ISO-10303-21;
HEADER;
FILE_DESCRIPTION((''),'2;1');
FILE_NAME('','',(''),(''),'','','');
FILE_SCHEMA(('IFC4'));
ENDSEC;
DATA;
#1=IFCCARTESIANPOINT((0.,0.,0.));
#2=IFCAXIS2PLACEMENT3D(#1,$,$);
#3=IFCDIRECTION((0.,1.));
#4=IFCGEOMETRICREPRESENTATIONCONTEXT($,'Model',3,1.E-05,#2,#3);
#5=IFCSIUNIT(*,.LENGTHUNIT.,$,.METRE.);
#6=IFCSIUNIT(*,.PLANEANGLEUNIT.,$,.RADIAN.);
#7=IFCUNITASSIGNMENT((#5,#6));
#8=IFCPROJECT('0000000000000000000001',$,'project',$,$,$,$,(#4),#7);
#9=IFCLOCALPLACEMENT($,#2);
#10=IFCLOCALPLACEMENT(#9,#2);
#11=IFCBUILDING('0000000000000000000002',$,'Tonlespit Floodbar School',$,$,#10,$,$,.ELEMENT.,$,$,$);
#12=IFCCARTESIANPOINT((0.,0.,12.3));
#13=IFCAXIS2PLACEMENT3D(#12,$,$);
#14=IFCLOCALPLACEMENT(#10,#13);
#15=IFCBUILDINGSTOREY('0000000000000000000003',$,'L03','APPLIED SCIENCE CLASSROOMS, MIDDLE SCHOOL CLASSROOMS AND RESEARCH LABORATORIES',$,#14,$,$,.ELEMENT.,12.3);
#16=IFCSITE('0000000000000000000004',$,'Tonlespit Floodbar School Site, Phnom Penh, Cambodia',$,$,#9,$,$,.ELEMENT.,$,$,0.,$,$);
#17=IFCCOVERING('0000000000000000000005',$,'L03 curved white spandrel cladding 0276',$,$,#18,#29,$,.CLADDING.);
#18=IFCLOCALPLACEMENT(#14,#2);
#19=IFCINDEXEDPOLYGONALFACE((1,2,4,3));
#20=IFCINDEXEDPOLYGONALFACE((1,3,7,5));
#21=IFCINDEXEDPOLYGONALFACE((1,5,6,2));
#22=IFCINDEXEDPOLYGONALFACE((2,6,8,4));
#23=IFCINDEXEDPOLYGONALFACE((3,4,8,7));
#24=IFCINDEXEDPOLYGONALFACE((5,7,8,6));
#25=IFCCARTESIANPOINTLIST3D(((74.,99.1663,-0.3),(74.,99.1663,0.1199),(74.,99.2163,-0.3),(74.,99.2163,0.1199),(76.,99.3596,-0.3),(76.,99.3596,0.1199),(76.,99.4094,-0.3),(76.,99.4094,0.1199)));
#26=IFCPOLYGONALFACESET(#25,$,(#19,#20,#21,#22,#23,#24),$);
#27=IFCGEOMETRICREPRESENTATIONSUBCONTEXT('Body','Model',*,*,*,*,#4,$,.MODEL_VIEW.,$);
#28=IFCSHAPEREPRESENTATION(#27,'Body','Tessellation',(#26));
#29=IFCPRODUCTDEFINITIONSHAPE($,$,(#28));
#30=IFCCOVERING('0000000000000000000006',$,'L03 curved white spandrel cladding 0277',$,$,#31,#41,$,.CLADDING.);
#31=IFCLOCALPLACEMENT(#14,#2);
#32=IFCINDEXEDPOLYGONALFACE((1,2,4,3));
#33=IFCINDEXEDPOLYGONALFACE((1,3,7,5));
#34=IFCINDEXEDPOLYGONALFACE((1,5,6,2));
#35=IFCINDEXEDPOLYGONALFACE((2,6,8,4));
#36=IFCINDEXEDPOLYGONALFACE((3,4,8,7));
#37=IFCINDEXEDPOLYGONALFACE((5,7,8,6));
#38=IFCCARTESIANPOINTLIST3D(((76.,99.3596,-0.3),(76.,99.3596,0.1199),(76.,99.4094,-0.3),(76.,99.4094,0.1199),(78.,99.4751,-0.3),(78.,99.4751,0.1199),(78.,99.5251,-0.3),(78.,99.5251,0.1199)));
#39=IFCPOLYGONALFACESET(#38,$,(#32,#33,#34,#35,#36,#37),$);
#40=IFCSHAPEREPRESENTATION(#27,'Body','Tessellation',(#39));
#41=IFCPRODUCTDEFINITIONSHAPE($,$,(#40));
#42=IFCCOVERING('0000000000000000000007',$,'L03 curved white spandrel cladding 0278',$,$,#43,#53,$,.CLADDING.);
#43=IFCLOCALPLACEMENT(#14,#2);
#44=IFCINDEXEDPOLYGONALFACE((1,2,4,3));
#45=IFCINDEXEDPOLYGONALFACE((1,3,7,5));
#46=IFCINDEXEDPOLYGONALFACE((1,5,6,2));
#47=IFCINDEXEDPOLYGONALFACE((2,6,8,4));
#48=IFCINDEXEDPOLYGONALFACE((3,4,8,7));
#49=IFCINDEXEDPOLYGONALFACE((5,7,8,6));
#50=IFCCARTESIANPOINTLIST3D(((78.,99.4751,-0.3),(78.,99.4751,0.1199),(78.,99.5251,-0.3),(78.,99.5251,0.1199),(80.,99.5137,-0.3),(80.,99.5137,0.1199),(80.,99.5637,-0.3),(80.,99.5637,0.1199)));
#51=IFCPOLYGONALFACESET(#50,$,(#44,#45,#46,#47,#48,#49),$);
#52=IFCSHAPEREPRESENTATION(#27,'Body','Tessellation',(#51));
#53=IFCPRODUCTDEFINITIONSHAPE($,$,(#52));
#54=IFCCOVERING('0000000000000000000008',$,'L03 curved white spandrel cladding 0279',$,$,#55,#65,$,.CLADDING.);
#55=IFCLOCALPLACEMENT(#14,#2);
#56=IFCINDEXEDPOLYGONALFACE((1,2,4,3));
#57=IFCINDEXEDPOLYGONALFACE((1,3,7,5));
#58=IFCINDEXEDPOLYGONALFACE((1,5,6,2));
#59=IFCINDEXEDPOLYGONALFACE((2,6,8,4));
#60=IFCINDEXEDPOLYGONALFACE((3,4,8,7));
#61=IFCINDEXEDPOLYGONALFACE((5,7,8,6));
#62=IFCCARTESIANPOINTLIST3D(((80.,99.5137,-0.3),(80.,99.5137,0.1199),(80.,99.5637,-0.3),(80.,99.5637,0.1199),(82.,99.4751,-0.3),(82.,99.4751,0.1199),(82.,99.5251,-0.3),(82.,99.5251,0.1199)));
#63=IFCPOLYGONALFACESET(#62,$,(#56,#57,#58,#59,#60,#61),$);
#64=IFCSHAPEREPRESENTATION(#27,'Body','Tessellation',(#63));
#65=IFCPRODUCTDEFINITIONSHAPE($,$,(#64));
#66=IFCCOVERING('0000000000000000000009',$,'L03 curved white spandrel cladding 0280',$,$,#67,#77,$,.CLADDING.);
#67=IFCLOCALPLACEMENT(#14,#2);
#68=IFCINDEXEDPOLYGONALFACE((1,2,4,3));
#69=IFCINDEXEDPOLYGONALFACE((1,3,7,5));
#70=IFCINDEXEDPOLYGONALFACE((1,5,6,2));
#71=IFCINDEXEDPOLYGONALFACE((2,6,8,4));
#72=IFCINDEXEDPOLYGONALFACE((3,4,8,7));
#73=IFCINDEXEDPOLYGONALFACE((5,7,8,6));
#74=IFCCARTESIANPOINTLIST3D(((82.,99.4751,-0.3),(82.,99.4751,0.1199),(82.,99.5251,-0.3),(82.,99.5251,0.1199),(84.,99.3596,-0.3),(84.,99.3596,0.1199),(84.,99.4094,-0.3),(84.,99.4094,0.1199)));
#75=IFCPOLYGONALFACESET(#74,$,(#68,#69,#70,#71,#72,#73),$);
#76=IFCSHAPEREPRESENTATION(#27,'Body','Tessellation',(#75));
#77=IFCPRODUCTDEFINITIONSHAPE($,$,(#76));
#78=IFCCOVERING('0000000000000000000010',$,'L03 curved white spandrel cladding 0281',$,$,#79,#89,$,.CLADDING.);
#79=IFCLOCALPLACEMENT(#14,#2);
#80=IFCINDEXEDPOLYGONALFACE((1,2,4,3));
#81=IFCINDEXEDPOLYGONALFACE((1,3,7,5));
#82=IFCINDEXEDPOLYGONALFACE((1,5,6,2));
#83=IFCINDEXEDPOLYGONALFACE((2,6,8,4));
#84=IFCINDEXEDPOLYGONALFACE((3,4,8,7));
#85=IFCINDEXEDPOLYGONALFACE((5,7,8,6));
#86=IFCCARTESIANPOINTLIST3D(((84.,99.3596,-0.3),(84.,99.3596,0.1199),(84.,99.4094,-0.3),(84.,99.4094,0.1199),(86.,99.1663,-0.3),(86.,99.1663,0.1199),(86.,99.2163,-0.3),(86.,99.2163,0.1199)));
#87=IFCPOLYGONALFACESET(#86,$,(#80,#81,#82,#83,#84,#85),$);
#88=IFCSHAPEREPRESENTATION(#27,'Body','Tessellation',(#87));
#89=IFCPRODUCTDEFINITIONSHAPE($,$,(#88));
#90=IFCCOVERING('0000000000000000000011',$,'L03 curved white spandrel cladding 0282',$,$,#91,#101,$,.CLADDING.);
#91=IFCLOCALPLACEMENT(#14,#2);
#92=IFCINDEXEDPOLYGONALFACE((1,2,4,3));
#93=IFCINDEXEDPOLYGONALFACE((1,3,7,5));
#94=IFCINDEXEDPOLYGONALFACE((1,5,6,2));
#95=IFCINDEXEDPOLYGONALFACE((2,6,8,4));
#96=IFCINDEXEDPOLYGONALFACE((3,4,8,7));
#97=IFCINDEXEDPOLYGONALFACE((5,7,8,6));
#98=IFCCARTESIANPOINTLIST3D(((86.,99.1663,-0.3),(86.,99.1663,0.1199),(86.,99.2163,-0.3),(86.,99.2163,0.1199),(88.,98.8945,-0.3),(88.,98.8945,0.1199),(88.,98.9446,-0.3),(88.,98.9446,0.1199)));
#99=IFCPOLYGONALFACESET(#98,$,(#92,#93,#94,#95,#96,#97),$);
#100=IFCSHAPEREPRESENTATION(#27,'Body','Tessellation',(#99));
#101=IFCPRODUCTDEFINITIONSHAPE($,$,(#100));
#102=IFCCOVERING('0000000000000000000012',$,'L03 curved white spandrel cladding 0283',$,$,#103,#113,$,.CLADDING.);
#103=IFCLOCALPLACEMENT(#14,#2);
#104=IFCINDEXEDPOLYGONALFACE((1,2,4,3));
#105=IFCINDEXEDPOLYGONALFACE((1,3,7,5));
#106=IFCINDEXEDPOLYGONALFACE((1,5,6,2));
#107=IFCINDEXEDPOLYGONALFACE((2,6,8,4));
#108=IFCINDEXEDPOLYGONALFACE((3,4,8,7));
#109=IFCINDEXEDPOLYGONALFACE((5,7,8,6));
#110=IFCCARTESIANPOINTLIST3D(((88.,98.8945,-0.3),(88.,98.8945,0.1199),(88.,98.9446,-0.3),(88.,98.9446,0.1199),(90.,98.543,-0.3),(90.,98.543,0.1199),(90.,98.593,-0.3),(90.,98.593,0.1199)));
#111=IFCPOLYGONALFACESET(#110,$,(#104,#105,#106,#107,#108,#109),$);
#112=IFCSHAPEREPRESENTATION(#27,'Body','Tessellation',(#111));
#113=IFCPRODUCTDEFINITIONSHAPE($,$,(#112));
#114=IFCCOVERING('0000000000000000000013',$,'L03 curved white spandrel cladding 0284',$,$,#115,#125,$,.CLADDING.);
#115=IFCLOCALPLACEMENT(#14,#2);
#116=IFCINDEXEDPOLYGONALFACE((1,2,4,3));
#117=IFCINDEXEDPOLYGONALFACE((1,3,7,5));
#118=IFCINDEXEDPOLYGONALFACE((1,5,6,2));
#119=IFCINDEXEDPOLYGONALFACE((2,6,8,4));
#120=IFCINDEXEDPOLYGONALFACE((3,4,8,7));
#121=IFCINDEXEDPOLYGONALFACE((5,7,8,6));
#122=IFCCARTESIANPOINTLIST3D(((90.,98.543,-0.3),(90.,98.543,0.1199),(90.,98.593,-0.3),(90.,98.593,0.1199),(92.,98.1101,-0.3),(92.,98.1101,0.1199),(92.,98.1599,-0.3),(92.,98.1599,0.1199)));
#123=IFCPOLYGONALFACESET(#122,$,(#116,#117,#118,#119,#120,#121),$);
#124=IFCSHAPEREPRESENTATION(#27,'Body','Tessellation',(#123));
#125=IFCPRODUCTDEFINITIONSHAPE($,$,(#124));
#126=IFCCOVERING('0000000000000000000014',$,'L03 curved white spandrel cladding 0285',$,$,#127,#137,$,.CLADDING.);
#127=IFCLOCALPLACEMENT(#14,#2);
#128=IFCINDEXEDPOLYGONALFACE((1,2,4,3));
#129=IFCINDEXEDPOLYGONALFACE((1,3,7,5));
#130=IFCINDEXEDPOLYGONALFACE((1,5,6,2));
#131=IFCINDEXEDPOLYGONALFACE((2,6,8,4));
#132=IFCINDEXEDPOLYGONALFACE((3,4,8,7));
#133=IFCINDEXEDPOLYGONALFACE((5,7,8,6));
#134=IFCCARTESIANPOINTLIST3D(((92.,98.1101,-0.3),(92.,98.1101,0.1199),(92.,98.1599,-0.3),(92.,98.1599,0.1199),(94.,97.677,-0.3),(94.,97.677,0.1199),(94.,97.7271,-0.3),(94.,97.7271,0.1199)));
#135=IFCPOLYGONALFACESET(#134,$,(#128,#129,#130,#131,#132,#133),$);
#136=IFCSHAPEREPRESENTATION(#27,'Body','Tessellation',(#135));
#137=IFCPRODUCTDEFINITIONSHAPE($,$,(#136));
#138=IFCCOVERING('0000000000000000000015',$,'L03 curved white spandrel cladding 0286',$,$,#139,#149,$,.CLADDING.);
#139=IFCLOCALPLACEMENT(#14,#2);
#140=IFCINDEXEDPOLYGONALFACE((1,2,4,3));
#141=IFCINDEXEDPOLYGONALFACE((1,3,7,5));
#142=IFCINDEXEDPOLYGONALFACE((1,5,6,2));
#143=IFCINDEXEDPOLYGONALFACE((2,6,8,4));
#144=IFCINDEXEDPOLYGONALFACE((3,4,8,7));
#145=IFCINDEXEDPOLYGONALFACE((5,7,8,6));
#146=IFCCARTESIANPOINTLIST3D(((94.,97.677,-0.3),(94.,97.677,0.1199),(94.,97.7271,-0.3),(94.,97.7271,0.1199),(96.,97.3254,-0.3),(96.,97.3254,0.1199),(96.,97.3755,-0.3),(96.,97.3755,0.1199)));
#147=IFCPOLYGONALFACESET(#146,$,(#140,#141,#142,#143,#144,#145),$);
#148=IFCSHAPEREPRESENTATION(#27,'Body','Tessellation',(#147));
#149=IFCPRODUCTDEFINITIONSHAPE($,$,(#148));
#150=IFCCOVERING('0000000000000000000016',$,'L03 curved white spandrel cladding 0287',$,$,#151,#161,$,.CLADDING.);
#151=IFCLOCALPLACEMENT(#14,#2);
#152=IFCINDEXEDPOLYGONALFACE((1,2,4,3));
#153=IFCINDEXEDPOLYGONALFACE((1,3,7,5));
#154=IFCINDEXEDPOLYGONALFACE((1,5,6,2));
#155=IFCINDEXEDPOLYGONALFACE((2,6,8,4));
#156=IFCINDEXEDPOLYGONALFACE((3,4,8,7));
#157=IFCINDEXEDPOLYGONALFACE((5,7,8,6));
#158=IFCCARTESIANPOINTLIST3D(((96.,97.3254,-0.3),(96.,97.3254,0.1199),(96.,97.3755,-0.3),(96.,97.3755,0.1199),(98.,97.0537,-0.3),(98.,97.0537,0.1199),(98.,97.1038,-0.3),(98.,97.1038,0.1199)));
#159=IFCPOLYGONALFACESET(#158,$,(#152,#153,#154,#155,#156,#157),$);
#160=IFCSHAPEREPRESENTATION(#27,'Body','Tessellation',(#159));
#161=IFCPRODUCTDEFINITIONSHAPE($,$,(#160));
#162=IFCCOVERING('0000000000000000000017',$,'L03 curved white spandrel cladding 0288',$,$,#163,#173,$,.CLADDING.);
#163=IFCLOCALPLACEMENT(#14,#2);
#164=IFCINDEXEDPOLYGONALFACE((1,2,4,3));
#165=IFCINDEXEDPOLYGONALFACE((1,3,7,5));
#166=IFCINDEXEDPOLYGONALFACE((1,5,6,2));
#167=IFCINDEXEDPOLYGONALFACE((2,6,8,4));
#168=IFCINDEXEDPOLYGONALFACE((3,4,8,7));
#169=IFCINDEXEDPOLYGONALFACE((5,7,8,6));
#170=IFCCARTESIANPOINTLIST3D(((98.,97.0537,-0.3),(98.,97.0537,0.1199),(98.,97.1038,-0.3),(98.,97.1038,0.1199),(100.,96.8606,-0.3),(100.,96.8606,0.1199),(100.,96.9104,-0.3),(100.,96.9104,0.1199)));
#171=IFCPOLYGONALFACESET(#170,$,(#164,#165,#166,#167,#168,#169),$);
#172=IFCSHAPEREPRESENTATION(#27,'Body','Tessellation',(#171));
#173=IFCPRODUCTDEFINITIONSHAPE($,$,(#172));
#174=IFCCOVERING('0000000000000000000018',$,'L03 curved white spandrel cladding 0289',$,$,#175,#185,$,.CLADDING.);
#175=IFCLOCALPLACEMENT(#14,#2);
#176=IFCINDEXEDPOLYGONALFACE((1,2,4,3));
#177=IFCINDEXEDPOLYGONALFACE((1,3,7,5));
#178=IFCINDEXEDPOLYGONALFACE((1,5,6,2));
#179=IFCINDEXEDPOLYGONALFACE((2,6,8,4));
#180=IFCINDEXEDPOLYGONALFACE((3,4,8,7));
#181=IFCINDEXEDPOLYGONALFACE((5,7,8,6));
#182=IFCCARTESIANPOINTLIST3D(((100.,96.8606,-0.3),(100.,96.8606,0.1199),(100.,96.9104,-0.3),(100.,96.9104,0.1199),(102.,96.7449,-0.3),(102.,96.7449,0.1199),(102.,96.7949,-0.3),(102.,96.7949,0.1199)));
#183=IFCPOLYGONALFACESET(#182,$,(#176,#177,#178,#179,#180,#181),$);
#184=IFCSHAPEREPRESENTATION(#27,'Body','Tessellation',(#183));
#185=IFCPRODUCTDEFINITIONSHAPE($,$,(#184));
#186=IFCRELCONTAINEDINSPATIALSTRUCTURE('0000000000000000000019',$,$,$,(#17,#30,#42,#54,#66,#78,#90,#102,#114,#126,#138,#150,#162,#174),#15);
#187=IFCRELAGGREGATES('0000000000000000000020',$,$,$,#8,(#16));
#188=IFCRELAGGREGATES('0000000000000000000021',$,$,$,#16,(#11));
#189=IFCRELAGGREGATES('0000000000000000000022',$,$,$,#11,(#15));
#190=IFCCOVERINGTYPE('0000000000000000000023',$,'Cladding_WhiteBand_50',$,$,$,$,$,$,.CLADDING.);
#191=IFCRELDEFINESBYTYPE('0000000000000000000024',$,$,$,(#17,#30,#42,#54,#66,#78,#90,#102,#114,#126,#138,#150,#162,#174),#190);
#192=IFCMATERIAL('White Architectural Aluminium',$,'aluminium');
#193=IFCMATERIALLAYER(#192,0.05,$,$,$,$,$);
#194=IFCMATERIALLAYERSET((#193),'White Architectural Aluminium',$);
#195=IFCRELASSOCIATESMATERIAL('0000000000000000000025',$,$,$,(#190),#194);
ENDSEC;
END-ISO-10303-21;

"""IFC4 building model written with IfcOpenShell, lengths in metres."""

from ifc_helpers import new_model, si_unit, direction, frame, origin, place, context, subcontext, project, spatial, polyline, outline, extrude, material, layer, layer_set, type_object, element, save


model = new_model("IFC4")

# Units and contexts
model_context = context("Model", 3, precision=1e-05, world=origin(), true_north=direction((0.0, 1.0)))
body_context = subcontext(model_context, "Body", "Model", "MODEL_VIEW")
ifc_project = project(units=[si_unit("LENGTHUNIT", "METRE"), si_unit("PLANEANGLEUNIT", "RADIAN")], contexts=[model_context])

# Site, building, storey
site_placement = place(None, origin())
site = spatial("IfcSite", under=ifc_project, at=site_placement, Name="Tonlespit Floodbar School Site, Phnom Penh, Cambodia", CompositionType="ELEMENT", RefElevation=0.0)
building_placement = place(site_placement, origin())
building = spatial("IfcBuilding", under=site, at=building_placement, Name="Tonlespit Floodbar School", CompositionType="ELEMENT")
storey_placement = place(building_placement, frame((0.0, 0.0, 12.3)))
storey = spatial("IfcBuildingStorey", under=building, at=storey_placement, Name="L03", Description="APPLIED SCIENCE CLASSROOMS, MIDDLE SCHOOL CLASSROOMS AND RESEARCH LABORATORIES", CompositionType="ELEMENT", Elevation=12.3)

# Coverings
ifc_material = material(Name="White Architectural Aluminium", Category="aluminium")
ifc_layer = layer(ifc_material, 0.05)
ifc_layer_set = layer_set([ifc_layer], Name="White Architectural Aluminium")
covering_type = type_object("IfcCoveringType", Name="Cladding_WhiteBand_50", PredefinedType="CLADDING", material=ifc_layer_set)
covering_1_placement = place(storey_placement, frame((0.0, 0.0, -0.3)))
element("IfcCovering", 1, at=covering_1_placement, inside=storey, type_object=covering_type, Name="L03 curved white spandrel cladding 0276", PredefinedType="CLADDING", context=body_context, shape_type="SweptSolid", body=[
    extrude(outline(polyline([(74.0, 99.2163), (76.0, 99.4094), (76.0, 99.3596), (74.0, 99.1663), (74.0, 99.2163)])), origin(), (0.0, 0.0, 1.0), 0.4199),
])
covering_2_placement = place(storey_placement, frame((0.0, 0.0, -0.3)))
element("IfcCovering", 2, at=covering_2_placement, inside=storey, type_object=covering_type, Name="L03 curved white spandrel cladding 0277", PredefinedType="CLADDING", context=body_context, shape_type="SweptSolid", body=[
    extrude(outline(polyline([(76.0, 99.4094), (78.0, 99.5251), (78.0, 99.4751), (76.0, 99.3596), (76.0, 99.4094)])), origin(), (0.0, 0.0, 1.0), 0.4199),
])
covering_3_placement = place(storey_placement, frame((0.0, 0.0, -0.3)))
element("IfcCovering", 3, at=covering_3_placement, inside=storey, type_object=covering_type, Name="L03 curved white spandrel cladding 0278", PredefinedType="CLADDING", context=body_context, shape_type="SweptSolid", body=[
    extrude(outline(polyline([(78.0, 99.5251), (80.0, 99.5637), (80.0, 99.5137), (78.0, 99.4751), (78.0, 99.5251)])), origin(), (0.0, 0.0, 1.0), 0.4199),
])
covering_4_placement = place(storey_placement, frame((0.0, 0.0, -0.3)))
element("IfcCovering", 4, at=covering_4_placement, inside=storey, type_object=covering_type, Name="L03 curved white spandrel cladding 0279", PredefinedType="CLADDING", context=body_context, shape_type="SweptSolid", body=[
    extrude(outline(polyline([(80.0, 99.5637), (82.0, 99.5251), (82.0, 99.4751), (80.0, 99.5137), (80.0, 99.5637)])), origin(), (0.0, 0.0, 1.0), 0.4199),
])
covering_5_placement = place(storey_placement, frame((0.0, 0.0, -0.3)))
element("IfcCovering", 5, at=covering_5_placement, inside=storey, type_object=covering_type, Name="L03 curved white spandrel cladding 0280", PredefinedType="CLADDING", context=body_context, shape_type="SweptSolid", body=[
    extrude(outline(polyline([(82.0, 99.5251), (84.0, 99.4094), (84.0, 99.3596), (82.0, 99.4751), (82.0, 99.5251)])), origin(), (0.0, 0.0, 1.0), 0.4199),
])
covering_6_placement = place(storey_placement, frame((0.0, 0.0, -0.3)))
element("IfcCovering", 6, at=covering_6_placement, inside=storey, type_object=covering_type, Name="L03 curved white spandrel cladding 0281", PredefinedType="CLADDING", context=body_context, shape_type="SweptSolid", body=[
    extrude(outline(polyline([(84.0, 99.4094), (86.0, 99.2163), (86.0, 99.1663), (84.0, 99.3596), (84.0, 99.4094)])), origin(), (0.0, 0.0, 1.0), 0.4199),
])
covering_7_placement = place(storey_placement, frame((0.0, 0.0, -0.3)))
element("IfcCovering", 7, at=covering_7_placement, inside=storey, type_object=covering_type, Name="L03 curved white spandrel cladding 0282", PredefinedType="CLADDING", context=body_context, shape_type="SweptSolid", body=[
    extrude(outline(polyline([(86.0, 99.2163), (88.0, 98.9446), (88.0, 98.8945), (86.0, 99.1663), (86.0, 99.2163)])), origin(), (0.0, 0.0, 1.0), 0.4199),
])
covering_8_placement = place(storey_placement, frame((0.0, 0.0, -0.3)))
element("IfcCovering", 8, at=covering_8_placement, inside=storey, type_object=covering_type, Name="L03 curved white spandrel cladding 0283", PredefinedType="CLADDING", context=body_context, shape_type="SweptSolid", body=[
    extrude(outline(polyline([(88.0, 98.9446), (90.0, 98.593), (90.0, 98.543), (88.0, 98.8945), (88.0, 98.9446)])), origin(), (0.0, 0.0, 1.0), 0.4199),
])
covering_9_placement = place(storey_placement, frame((0.0, 0.0, -0.3)))
element("IfcCovering", 9, at=covering_9_placement, inside=storey, type_object=covering_type, Name="L03 curved white spandrel cladding 0284", PredefinedType="CLADDING", context=body_context, shape_type="SweptSolid", body=[
    extrude(outline(polyline([(90.0, 98.593), (92.0, 98.1599), (92.0, 98.1101), (90.0, 98.543), (90.0, 98.593)])), origin(), (0.0, 0.0, 1.0), 0.4199),
])
covering_10_placement = place(storey_placement, frame((0.0, 0.0, -0.3)))
element("IfcCovering", 10, at=covering_10_placement, inside=storey, type_object=covering_type, Name="L03 curved white spandrel cladding 0285", PredefinedType="CLADDING", context=body_context, shape_type="SweptSolid", body=[
    extrude(outline(polyline([(92.0, 98.1599), (94.0, 97.7271), (94.0, 97.677), (92.0, 98.1101), (92.0, 98.1599)])), origin(), (0.0, 0.0, 1.0), 0.4199),
])
covering_11_placement = place(storey_placement, frame((0.0, 0.0, -0.3)))
element("IfcCovering", 11, at=covering_11_placement, inside=storey, type_object=covering_type, Name="L03 curved white spandrel cladding 0286", PredefinedType="CLADDING", context=body_context, shape_type="SweptSolid", body=[
    extrude(outline(polyline([(94.0, 97.7271), (96.0, 97.3755), (96.0, 97.3254), (94.0, 97.677), (94.0, 97.7271)])), origin(), (0.0, 0.0, 1.0), 0.4199),
])
covering_12_placement = place(storey_placement, frame((0.0, 0.0, -0.3)))
element("IfcCovering", 12, at=covering_12_placement, inside=storey, type_object=covering_type, Name="L03 curved white spandrel cladding 0287", PredefinedType="CLADDING", context=body_context, shape_type="SweptSolid", body=[
    extrude(outline(polyline([(96.0, 97.3755), (98.0, 97.1038), (98.0, 97.0537), (96.0, 97.3254), (96.0, 97.3755)])), origin(), (0.0, 0.0, 1.0), 0.4199),
])
covering_13_placement = place(storey_placement, frame((0.0, 0.0, -0.3)))
element("IfcCovering", 13, at=covering_13_placement, inside=storey, type_object=covering_type, Name="L03 curved white spandrel cladding 0288", PredefinedType="CLADDING", context=body_context, shape_type="SweptSolid", body=[
    extrude(outline(polyline([(98.0, 97.1038), (100.0, 96.9104), (100.0, 96.8606), (98.0, 97.0537), (98.0, 97.1038)])), origin(), (0.0, 0.0, 1.0), 0.4199),
])
covering_14_placement = place(storey_placement, frame((0.0, 0.0, -0.3)))
element("IfcCovering", 14, at=covering_14_placement, inside=storey, type_object=covering_type, Name="L03 curved white spandrel cladding 0289", PredefinedType="CLADDING", context=body_context, shape_type="SweptSolid", body=[
    extrude(outline(polyline([(100.0, 96.9104), (102.0, 96.7949), (102.0, 96.7449), (100.0, 96.8606), (100.0, 96.9104)])), origin(), (0.0, 0.0, 1.0), 0.4199),
])

save(model, "model.ifc")
